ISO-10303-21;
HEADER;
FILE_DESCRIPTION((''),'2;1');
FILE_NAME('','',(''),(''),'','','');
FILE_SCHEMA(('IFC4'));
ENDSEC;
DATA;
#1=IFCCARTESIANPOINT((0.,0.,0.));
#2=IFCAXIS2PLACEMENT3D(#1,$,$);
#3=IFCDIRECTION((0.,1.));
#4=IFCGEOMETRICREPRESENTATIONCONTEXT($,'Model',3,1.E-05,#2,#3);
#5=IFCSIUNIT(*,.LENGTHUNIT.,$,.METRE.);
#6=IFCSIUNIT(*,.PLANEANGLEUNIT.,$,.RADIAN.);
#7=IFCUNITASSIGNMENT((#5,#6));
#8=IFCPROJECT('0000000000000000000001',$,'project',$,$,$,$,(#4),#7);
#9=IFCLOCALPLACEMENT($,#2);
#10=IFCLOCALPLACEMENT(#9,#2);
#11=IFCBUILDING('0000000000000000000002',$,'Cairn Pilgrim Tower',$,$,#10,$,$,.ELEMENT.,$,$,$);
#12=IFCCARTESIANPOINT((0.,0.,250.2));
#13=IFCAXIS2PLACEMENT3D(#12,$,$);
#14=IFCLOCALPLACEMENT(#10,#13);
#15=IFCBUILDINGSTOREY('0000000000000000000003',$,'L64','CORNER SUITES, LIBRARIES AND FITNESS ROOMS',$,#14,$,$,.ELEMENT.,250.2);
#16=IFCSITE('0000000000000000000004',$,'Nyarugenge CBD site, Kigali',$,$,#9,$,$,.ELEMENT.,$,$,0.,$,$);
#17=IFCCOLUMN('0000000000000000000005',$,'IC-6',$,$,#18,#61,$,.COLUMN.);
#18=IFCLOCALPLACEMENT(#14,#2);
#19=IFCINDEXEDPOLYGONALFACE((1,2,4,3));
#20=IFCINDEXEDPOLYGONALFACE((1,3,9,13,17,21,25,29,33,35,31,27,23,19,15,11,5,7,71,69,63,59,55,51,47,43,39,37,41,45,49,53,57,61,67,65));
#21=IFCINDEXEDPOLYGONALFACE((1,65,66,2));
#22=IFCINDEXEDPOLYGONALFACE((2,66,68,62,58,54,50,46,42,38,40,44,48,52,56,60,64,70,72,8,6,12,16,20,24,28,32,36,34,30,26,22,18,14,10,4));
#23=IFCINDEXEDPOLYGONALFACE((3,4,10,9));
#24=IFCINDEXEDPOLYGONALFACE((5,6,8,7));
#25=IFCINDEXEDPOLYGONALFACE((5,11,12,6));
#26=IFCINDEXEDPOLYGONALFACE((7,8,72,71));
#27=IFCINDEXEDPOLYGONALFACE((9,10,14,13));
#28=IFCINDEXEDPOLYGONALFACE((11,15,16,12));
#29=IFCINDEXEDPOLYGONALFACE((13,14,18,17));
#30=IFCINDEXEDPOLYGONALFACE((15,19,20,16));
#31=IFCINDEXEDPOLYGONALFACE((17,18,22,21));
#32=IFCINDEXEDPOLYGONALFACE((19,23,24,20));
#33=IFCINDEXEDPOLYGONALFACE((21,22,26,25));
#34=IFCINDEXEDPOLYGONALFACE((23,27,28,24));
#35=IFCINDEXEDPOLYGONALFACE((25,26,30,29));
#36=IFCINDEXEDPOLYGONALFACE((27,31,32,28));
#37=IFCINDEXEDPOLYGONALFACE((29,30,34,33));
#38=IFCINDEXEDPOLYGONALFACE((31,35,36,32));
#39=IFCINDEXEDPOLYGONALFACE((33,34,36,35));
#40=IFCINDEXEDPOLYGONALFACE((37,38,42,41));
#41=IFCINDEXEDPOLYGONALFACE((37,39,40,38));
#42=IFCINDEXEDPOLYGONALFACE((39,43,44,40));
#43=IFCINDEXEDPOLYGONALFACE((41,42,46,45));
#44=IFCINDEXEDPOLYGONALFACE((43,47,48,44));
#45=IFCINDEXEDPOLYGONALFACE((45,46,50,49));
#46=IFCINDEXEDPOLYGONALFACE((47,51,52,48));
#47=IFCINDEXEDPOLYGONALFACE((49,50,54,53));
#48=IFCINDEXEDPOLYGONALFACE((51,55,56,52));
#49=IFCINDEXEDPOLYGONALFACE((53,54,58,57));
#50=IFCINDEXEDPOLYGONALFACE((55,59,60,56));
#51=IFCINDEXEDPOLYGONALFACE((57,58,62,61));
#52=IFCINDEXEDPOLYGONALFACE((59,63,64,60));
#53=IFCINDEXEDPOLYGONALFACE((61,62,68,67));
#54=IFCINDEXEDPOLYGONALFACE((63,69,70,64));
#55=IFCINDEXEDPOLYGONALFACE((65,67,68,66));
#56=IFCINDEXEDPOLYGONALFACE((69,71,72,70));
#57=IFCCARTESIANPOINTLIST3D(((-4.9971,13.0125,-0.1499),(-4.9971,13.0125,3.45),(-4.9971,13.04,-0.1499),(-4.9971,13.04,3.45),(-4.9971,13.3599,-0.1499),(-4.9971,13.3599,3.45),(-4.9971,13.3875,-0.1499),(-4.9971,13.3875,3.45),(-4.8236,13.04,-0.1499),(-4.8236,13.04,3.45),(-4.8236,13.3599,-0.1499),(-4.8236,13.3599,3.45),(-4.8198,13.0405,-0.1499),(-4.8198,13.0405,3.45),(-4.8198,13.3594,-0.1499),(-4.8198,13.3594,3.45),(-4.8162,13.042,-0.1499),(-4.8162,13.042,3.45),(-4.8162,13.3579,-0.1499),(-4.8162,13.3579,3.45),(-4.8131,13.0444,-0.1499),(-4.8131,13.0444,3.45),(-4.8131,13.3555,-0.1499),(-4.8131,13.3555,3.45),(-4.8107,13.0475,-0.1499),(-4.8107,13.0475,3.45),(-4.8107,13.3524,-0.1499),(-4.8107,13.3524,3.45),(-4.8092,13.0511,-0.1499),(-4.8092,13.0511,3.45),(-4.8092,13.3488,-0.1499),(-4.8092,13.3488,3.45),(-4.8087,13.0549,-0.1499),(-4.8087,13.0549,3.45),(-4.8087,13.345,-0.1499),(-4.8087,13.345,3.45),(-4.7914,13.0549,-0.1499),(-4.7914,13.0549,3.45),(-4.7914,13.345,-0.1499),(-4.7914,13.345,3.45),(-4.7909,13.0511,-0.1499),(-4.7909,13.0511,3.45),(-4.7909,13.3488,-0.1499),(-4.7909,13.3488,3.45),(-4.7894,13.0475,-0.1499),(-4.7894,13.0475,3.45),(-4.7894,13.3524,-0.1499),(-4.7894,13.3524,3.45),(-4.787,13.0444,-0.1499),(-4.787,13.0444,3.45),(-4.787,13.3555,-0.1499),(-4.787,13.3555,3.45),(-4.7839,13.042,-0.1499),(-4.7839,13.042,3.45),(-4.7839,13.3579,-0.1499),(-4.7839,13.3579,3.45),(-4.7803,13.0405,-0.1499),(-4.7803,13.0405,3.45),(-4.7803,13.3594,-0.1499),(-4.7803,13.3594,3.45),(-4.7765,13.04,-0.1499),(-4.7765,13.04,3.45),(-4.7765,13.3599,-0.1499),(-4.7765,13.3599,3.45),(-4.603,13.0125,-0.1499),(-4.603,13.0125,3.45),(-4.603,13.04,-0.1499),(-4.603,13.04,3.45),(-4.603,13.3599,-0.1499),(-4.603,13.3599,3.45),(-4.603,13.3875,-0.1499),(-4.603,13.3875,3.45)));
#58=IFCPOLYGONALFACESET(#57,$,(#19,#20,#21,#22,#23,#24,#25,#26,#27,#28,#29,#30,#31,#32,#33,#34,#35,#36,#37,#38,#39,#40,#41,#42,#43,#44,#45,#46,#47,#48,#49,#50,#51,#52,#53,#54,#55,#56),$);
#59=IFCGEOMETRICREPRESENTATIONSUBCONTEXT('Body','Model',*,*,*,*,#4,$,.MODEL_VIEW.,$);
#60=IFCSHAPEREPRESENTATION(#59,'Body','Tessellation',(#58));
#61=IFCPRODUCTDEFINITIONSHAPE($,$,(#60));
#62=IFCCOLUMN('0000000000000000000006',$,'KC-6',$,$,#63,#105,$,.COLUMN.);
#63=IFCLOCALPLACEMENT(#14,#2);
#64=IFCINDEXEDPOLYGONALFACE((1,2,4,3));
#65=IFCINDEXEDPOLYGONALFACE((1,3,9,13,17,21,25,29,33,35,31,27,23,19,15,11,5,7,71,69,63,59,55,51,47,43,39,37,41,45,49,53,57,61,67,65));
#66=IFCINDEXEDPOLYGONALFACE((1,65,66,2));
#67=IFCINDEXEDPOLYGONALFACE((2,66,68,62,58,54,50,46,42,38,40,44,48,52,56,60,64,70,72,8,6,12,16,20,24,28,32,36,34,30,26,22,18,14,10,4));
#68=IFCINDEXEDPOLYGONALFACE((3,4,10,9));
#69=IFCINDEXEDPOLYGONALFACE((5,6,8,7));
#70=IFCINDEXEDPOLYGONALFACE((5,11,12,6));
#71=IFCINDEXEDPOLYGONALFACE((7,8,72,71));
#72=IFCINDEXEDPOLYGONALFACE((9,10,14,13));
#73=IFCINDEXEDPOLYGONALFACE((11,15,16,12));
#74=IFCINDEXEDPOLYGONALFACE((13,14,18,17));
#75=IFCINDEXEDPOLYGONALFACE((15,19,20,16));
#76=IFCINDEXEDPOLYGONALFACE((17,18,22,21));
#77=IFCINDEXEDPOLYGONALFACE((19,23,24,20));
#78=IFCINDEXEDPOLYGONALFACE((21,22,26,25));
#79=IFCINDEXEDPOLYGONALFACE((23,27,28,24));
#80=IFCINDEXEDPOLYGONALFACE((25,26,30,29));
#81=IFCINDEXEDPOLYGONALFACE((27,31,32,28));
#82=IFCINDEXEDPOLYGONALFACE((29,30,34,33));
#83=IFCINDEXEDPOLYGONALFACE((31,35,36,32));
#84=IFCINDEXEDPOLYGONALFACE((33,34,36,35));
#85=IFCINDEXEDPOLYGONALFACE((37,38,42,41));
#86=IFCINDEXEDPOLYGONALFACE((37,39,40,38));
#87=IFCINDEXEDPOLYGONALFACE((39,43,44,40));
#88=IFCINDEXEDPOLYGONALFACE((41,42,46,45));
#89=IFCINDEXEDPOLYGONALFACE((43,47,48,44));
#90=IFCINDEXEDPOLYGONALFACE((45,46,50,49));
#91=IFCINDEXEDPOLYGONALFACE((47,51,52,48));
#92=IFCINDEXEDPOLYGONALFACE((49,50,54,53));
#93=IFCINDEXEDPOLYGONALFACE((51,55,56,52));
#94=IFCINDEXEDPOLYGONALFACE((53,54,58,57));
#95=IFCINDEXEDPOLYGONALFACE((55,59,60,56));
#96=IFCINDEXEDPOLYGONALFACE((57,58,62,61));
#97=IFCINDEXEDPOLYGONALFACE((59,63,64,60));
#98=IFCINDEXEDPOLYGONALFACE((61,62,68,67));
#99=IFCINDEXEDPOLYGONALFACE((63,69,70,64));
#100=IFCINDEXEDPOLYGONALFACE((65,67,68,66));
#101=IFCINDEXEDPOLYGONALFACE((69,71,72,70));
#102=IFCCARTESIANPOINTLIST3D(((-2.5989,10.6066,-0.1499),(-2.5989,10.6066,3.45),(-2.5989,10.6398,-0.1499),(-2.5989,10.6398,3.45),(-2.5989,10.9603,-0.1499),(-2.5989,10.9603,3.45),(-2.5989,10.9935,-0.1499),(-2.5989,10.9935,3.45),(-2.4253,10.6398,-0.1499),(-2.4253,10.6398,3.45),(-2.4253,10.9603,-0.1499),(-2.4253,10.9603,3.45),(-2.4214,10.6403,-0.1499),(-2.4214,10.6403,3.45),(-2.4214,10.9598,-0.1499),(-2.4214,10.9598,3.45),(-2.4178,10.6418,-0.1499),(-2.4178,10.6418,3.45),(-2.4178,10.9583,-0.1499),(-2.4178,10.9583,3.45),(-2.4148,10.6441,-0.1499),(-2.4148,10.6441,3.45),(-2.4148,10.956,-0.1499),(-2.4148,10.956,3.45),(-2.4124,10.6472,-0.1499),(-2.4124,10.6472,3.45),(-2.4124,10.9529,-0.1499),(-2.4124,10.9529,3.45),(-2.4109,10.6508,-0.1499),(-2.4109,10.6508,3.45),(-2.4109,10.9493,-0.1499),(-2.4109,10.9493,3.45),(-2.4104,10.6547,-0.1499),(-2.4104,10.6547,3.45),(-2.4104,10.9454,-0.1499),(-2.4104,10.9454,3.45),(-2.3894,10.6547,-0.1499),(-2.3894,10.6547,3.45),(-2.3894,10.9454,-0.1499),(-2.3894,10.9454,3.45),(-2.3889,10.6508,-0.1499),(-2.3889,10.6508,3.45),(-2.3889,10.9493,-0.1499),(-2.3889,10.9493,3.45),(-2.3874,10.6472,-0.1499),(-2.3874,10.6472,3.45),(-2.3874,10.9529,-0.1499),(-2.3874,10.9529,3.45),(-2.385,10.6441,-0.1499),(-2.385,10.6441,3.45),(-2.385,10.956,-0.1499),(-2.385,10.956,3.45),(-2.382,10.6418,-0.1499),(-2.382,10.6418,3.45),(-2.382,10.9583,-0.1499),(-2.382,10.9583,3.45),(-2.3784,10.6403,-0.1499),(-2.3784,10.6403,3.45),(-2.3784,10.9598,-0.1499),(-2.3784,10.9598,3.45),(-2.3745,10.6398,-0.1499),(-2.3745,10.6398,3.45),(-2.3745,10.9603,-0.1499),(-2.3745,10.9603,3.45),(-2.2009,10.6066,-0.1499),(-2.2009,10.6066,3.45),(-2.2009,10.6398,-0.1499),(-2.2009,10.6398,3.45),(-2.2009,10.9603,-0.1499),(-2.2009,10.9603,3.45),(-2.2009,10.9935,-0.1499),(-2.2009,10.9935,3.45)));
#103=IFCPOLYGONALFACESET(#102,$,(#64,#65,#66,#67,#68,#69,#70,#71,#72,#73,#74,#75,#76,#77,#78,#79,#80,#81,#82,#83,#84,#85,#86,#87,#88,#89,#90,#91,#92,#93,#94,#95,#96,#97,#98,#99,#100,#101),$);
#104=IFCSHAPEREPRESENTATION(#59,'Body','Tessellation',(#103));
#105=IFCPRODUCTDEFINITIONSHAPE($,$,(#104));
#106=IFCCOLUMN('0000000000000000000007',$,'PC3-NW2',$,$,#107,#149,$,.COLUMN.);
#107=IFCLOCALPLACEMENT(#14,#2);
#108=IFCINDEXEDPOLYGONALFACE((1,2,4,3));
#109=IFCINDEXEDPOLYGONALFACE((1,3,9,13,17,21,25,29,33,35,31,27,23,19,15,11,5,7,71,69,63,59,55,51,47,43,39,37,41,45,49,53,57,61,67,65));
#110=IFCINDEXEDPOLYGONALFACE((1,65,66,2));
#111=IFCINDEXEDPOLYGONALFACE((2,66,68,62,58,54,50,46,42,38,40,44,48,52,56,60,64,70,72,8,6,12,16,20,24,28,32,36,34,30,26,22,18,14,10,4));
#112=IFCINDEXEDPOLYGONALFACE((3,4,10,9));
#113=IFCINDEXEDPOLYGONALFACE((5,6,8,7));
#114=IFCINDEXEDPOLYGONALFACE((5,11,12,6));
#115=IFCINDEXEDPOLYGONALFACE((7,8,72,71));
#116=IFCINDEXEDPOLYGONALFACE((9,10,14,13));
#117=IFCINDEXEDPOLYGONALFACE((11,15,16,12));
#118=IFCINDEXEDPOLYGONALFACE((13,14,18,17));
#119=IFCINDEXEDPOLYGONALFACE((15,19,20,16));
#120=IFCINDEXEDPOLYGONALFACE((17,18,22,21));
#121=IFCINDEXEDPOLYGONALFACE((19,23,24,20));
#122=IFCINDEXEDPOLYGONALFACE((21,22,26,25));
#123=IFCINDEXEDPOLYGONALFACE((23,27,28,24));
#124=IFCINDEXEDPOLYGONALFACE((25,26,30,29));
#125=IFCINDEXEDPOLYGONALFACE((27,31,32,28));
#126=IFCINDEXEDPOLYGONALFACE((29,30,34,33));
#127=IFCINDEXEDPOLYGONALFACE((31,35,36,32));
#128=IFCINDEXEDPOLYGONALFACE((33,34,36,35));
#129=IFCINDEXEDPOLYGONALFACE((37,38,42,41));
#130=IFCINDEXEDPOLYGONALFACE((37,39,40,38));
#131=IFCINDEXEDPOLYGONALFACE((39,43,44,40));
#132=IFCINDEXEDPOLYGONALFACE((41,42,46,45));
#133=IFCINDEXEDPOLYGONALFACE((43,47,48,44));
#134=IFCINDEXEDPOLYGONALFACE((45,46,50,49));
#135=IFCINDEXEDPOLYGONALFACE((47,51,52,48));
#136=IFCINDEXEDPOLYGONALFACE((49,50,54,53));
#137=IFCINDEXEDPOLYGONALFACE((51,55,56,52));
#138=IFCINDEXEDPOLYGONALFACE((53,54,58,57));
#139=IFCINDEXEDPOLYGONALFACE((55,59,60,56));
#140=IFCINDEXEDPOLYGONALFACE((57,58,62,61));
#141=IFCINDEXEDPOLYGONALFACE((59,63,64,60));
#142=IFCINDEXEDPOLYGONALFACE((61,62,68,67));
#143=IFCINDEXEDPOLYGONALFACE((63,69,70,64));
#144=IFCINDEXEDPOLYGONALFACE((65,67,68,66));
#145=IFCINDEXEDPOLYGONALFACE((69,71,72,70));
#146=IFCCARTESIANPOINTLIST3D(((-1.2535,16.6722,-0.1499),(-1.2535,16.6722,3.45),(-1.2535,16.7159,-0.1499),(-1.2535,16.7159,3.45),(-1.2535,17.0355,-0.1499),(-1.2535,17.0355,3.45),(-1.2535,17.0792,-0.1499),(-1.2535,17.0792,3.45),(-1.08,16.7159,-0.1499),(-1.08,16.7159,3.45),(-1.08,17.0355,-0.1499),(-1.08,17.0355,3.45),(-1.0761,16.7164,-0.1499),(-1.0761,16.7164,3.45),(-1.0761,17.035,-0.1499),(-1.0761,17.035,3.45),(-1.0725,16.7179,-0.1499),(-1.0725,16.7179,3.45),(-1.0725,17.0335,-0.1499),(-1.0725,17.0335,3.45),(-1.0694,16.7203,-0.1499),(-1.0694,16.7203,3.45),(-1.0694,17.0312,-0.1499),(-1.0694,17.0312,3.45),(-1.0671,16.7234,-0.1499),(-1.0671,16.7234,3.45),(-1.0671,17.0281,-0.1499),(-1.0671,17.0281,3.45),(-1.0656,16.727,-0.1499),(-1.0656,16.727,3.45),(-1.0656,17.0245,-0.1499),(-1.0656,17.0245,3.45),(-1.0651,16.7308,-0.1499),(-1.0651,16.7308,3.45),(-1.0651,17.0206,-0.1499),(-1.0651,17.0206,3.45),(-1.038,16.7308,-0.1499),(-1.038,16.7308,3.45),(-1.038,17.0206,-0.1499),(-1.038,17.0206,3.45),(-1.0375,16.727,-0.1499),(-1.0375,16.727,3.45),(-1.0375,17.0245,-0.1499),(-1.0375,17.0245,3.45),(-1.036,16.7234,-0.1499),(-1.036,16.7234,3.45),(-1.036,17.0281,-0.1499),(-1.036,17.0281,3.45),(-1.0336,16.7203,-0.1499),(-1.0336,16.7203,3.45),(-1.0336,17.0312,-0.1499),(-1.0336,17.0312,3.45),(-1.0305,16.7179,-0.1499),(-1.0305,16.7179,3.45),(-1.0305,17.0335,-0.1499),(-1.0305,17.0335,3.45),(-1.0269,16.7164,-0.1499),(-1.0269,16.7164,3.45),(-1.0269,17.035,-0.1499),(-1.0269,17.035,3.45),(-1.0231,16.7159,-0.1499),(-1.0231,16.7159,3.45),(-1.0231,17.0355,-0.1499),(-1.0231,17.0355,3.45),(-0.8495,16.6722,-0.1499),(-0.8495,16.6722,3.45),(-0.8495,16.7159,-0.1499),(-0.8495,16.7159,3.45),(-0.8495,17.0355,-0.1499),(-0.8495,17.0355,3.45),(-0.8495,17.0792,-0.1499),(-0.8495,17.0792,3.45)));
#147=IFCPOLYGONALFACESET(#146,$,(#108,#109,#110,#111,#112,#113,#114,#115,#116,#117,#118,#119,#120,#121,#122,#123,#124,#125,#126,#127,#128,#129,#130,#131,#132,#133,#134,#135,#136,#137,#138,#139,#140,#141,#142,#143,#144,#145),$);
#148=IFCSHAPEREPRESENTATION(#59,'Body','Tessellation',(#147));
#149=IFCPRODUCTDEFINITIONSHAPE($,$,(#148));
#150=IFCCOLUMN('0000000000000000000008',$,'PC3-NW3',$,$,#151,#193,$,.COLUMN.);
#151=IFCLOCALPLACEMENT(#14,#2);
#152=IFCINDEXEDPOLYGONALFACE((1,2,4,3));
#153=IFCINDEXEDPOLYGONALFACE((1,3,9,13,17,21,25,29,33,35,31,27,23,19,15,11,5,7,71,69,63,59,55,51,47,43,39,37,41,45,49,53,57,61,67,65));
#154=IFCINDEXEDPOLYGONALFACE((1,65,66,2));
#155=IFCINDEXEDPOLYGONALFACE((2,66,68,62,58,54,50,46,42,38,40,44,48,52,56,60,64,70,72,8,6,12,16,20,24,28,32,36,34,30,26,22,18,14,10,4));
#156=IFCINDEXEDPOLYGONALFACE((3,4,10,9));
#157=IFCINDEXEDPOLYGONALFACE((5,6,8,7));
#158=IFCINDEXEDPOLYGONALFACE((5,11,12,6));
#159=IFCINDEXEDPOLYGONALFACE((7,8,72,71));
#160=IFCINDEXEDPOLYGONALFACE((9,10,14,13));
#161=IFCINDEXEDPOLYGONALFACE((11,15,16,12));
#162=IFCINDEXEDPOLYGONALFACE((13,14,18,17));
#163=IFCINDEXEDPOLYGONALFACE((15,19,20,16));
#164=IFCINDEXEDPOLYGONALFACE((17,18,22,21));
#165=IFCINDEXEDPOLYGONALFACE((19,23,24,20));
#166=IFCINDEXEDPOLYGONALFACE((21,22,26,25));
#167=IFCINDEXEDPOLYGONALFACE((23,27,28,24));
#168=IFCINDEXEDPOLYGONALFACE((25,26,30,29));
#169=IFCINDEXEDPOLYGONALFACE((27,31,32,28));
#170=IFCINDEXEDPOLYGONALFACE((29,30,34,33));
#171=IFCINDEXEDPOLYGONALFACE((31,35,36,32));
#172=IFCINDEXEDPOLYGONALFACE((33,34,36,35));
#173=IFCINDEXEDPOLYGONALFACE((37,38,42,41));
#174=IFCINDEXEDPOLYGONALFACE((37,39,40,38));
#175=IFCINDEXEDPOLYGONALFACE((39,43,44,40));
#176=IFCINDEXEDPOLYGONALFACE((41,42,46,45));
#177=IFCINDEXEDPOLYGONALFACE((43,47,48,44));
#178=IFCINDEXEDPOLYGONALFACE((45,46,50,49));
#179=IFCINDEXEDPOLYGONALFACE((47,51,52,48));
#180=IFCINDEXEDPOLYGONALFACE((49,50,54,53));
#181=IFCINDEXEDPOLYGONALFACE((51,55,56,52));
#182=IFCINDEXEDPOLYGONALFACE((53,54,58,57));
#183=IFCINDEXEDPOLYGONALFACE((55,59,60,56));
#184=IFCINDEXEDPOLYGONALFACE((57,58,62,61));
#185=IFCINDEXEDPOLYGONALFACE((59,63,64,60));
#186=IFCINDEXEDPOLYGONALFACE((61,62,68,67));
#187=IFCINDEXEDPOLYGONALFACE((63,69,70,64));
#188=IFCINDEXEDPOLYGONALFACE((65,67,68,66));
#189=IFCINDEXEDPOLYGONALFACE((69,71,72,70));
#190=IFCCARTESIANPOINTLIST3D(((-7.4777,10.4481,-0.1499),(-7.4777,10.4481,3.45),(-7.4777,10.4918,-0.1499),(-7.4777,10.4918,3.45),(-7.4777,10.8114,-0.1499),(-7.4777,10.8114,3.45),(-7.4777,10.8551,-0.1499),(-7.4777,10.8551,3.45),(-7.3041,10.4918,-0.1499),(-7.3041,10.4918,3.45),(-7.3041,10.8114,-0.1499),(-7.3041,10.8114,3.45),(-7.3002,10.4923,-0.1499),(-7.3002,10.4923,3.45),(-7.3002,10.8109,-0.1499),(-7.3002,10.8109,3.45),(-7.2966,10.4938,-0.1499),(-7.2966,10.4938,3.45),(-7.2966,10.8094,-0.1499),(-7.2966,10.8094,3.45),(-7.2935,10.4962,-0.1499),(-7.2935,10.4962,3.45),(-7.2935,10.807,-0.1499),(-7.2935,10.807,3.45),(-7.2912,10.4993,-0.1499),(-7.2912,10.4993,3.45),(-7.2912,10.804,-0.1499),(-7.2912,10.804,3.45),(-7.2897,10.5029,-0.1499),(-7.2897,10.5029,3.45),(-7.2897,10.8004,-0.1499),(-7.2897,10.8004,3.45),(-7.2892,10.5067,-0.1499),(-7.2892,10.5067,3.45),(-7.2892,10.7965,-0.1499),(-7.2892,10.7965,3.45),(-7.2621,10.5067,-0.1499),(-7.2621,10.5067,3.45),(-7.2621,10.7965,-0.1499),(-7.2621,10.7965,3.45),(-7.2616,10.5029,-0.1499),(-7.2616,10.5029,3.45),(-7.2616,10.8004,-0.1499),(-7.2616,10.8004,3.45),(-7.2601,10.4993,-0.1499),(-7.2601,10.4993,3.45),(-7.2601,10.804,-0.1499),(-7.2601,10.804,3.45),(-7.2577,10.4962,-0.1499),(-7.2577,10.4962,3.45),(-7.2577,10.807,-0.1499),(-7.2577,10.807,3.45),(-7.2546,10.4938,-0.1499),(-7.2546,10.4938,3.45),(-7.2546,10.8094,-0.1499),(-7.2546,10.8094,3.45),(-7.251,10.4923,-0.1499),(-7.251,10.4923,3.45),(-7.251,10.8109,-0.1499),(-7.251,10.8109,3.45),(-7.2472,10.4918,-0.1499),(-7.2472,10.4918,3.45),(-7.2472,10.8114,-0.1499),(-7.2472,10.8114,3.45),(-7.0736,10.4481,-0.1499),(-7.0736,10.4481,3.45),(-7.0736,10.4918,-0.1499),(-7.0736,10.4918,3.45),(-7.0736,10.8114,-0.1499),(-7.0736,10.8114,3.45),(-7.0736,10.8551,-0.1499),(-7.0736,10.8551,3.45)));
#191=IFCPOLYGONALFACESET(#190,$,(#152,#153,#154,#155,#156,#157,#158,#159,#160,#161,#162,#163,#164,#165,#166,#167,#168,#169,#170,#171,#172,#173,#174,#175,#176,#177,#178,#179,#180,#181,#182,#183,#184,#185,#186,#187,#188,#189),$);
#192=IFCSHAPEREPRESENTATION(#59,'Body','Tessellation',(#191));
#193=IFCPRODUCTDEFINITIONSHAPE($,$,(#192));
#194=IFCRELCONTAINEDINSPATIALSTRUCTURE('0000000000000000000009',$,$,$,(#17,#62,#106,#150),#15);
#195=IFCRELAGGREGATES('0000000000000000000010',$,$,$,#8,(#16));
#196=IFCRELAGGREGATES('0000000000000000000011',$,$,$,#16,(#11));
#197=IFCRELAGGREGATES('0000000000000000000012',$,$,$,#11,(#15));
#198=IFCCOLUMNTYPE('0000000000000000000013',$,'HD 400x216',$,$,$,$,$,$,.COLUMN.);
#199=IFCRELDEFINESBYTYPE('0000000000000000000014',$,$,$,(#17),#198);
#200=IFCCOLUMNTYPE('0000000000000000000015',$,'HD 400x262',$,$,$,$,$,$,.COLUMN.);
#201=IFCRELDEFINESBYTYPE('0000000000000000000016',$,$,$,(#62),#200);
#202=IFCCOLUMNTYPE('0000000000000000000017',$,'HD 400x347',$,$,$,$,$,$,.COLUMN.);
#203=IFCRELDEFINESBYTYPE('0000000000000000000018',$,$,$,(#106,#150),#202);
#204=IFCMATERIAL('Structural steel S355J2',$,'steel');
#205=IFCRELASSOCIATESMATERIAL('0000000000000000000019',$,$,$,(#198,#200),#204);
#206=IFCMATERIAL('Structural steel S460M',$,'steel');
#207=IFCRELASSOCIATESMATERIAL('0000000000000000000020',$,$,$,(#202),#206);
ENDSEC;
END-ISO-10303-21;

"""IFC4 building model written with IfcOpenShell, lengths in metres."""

from ifc_helpers import new_model, si_unit, direction, frame, origin, origin_2d, place, context, subcontext, project, spatial, i_section, extrude, material, material_profile, profile_set, type_object, element, save


model = new_model("IFC4")

# Units and contexts
model_context = context("Model", 3, precision=1e-05, world=origin(), true_north=direction((0.0, 1.0)))
body_context = subcontext(model_context, "Body", "Model", "MODEL_VIEW")
ifc_project = project(units=[si_unit("LENGTHUNIT", "METRE"), si_unit("PLANEANGLEUNIT", "RADIAN")], contexts=[model_context])

# Site, building, storey
site_placement = place(None, origin())
site = spatial("IfcSite", under=ifc_project, at=site_placement, Name="Nyarugenge CBD site, Kigali", CompositionType="ELEMENT", RefElevation=0.0)
building_placement = place(site_placement, origin())
building = spatial("IfcBuilding", under=site, at=building_placement, Name="Cairn Pilgrim Tower", CompositionType="ELEMENT")
storey_placement = place(building_placement, frame((0.0, 0.0, 250.2)))
storey = spatial("IfcBuildingStorey", under=building, at=storey_placement, Name="L64", Description="CORNER SUITES, LIBRARIES AND FITNESS ROOMS", CompositionType="ELEMENT", Elevation=250.2)

# Columns
ifc_material_1 = material(Name="Structural steel S355J2", Category="steel")
ifc_material_profile_1 = material_profile(ifc_material_1, i_section(OverallWidth=0.394, OverallDepth=0.375, WebThickness=0.0173, FlangeThickness=0.0276, FilletRadius=0.0149, at=origin_2d()), Name="HD 400x216")
ifc_profile_set_1 = profile_set([ifc_material_profile_1], Name="Structural steel S355J2")
column_type_1 = type_object("IfcColumnType", Name="HD 400x216", PredefinedType="COLUMN", material=ifc_profile_set_1)
column_1_placement = place(storey_placement, frame((-4.8, 13.2, -0.1499), z_axis=(0.0, 0.0, 1.0), x_axis=(1.0, 0.0, 0.0)))
element("IfcColumn", 1, at=column_1_placement, inside=storey, type_object=column_type_1, Name="IC-6", PredefinedType="COLUMN", context=body_context, shape_type="SweptSolid", body=[
    extrude(i_section(OverallWidth=0.394, OverallDepth=0.375, WebThickness=0.0173, FlangeThickness=0.0276, FilletRadius=0.0149, at=origin_2d()), origin(), (0.0, 0.0, 1.0), 3.5999),
])
ifc_material_profile_2 = material_profile(ifc_material_1, i_section(OverallWidth=0.3979, OverallDepth=0.387, WebThickness=0.021, FlangeThickness=0.0332, FilletRadius=0.0149, at=origin_2d()), Name="HD 400x262")
ifc_profile_set_2 = profile_set([ifc_material_profile_2], Name="Structural steel S355J2")
column_type_2 = type_object("IfcColumnType", Name="HD 400x262", PredefinedType="COLUMN", material=ifc_profile_set_2)
column_2_placement = place(storey_placement, frame((-2.3999, 10.8, -0.1499), z_axis=(0.0, 0.0, 1.0), x_axis=(1.0, 0.0, 0.0)))
element("IfcColumn", 2, at=column_2_placement, inside=storey, type_object=column_type_2, Name="KC-6", PredefinedType="COLUMN", context=body_context, shape_type="SweptSolid", body=[
    extrude(i_section(OverallWidth=0.3979, OverallDepth=0.387, WebThickness=0.021, FlangeThickness=0.0332, FilletRadius=0.0149, at=origin_2d()), origin(), (0.0, 0.0, 1.0), 3.5999),
])
ifc_material_2 = material(Name="Structural steel S460M", Category="steel")
ifc_material_profile_3 = material_profile(ifc_material_2, i_section(OverallWidth=0.4041, OverallDepth=0.407, WebThickness=0.0271, FlangeThickness=0.0437, FilletRadius=0.0149, at=origin_2d()), Name="HD 400x347")
ifc_profile_set_3 = profile_set([ifc_material_profile_3], Name="Structural steel S460M")
column_type_3 = type_object("IfcColumnType", Name="HD 400x347", PredefinedType="COLUMN", material=ifc_profile_set_3)
for number, where, z_axis, x_axis, name in (
    (3, (-1.0515, 16.8757, -0.1499), (0.0, 0.0, 1.0), (1.0, 0.0, 0.0), "PC3-NW2"),
    (4, (-7.2756, 10.6516, -0.1499), (0.0, 0.0, 1.0), (1.0, 0.0, 0.0), "PC3-NW3"),
):
    element("IfcColumn", number, at=place(storey_placement, frame(where, z_axis=z_axis, x_axis=x_axis)), inside=storey, type_object=column_type_3, Name=name, PredefinedType="COLUMN", context=body_context, shape_type="SweptSolid", body=[
        extrude(i_section(OverallWidth=0.4041, OverallDepth=0.407, WebThickness=0.0271, FlangeThickness=0.0437, FilletRadius=0.0149, at=origin_2d()), origin(), (0.0, 0.0, 1.0), 3.5999),
    ])

save(model, "model.ifc")
